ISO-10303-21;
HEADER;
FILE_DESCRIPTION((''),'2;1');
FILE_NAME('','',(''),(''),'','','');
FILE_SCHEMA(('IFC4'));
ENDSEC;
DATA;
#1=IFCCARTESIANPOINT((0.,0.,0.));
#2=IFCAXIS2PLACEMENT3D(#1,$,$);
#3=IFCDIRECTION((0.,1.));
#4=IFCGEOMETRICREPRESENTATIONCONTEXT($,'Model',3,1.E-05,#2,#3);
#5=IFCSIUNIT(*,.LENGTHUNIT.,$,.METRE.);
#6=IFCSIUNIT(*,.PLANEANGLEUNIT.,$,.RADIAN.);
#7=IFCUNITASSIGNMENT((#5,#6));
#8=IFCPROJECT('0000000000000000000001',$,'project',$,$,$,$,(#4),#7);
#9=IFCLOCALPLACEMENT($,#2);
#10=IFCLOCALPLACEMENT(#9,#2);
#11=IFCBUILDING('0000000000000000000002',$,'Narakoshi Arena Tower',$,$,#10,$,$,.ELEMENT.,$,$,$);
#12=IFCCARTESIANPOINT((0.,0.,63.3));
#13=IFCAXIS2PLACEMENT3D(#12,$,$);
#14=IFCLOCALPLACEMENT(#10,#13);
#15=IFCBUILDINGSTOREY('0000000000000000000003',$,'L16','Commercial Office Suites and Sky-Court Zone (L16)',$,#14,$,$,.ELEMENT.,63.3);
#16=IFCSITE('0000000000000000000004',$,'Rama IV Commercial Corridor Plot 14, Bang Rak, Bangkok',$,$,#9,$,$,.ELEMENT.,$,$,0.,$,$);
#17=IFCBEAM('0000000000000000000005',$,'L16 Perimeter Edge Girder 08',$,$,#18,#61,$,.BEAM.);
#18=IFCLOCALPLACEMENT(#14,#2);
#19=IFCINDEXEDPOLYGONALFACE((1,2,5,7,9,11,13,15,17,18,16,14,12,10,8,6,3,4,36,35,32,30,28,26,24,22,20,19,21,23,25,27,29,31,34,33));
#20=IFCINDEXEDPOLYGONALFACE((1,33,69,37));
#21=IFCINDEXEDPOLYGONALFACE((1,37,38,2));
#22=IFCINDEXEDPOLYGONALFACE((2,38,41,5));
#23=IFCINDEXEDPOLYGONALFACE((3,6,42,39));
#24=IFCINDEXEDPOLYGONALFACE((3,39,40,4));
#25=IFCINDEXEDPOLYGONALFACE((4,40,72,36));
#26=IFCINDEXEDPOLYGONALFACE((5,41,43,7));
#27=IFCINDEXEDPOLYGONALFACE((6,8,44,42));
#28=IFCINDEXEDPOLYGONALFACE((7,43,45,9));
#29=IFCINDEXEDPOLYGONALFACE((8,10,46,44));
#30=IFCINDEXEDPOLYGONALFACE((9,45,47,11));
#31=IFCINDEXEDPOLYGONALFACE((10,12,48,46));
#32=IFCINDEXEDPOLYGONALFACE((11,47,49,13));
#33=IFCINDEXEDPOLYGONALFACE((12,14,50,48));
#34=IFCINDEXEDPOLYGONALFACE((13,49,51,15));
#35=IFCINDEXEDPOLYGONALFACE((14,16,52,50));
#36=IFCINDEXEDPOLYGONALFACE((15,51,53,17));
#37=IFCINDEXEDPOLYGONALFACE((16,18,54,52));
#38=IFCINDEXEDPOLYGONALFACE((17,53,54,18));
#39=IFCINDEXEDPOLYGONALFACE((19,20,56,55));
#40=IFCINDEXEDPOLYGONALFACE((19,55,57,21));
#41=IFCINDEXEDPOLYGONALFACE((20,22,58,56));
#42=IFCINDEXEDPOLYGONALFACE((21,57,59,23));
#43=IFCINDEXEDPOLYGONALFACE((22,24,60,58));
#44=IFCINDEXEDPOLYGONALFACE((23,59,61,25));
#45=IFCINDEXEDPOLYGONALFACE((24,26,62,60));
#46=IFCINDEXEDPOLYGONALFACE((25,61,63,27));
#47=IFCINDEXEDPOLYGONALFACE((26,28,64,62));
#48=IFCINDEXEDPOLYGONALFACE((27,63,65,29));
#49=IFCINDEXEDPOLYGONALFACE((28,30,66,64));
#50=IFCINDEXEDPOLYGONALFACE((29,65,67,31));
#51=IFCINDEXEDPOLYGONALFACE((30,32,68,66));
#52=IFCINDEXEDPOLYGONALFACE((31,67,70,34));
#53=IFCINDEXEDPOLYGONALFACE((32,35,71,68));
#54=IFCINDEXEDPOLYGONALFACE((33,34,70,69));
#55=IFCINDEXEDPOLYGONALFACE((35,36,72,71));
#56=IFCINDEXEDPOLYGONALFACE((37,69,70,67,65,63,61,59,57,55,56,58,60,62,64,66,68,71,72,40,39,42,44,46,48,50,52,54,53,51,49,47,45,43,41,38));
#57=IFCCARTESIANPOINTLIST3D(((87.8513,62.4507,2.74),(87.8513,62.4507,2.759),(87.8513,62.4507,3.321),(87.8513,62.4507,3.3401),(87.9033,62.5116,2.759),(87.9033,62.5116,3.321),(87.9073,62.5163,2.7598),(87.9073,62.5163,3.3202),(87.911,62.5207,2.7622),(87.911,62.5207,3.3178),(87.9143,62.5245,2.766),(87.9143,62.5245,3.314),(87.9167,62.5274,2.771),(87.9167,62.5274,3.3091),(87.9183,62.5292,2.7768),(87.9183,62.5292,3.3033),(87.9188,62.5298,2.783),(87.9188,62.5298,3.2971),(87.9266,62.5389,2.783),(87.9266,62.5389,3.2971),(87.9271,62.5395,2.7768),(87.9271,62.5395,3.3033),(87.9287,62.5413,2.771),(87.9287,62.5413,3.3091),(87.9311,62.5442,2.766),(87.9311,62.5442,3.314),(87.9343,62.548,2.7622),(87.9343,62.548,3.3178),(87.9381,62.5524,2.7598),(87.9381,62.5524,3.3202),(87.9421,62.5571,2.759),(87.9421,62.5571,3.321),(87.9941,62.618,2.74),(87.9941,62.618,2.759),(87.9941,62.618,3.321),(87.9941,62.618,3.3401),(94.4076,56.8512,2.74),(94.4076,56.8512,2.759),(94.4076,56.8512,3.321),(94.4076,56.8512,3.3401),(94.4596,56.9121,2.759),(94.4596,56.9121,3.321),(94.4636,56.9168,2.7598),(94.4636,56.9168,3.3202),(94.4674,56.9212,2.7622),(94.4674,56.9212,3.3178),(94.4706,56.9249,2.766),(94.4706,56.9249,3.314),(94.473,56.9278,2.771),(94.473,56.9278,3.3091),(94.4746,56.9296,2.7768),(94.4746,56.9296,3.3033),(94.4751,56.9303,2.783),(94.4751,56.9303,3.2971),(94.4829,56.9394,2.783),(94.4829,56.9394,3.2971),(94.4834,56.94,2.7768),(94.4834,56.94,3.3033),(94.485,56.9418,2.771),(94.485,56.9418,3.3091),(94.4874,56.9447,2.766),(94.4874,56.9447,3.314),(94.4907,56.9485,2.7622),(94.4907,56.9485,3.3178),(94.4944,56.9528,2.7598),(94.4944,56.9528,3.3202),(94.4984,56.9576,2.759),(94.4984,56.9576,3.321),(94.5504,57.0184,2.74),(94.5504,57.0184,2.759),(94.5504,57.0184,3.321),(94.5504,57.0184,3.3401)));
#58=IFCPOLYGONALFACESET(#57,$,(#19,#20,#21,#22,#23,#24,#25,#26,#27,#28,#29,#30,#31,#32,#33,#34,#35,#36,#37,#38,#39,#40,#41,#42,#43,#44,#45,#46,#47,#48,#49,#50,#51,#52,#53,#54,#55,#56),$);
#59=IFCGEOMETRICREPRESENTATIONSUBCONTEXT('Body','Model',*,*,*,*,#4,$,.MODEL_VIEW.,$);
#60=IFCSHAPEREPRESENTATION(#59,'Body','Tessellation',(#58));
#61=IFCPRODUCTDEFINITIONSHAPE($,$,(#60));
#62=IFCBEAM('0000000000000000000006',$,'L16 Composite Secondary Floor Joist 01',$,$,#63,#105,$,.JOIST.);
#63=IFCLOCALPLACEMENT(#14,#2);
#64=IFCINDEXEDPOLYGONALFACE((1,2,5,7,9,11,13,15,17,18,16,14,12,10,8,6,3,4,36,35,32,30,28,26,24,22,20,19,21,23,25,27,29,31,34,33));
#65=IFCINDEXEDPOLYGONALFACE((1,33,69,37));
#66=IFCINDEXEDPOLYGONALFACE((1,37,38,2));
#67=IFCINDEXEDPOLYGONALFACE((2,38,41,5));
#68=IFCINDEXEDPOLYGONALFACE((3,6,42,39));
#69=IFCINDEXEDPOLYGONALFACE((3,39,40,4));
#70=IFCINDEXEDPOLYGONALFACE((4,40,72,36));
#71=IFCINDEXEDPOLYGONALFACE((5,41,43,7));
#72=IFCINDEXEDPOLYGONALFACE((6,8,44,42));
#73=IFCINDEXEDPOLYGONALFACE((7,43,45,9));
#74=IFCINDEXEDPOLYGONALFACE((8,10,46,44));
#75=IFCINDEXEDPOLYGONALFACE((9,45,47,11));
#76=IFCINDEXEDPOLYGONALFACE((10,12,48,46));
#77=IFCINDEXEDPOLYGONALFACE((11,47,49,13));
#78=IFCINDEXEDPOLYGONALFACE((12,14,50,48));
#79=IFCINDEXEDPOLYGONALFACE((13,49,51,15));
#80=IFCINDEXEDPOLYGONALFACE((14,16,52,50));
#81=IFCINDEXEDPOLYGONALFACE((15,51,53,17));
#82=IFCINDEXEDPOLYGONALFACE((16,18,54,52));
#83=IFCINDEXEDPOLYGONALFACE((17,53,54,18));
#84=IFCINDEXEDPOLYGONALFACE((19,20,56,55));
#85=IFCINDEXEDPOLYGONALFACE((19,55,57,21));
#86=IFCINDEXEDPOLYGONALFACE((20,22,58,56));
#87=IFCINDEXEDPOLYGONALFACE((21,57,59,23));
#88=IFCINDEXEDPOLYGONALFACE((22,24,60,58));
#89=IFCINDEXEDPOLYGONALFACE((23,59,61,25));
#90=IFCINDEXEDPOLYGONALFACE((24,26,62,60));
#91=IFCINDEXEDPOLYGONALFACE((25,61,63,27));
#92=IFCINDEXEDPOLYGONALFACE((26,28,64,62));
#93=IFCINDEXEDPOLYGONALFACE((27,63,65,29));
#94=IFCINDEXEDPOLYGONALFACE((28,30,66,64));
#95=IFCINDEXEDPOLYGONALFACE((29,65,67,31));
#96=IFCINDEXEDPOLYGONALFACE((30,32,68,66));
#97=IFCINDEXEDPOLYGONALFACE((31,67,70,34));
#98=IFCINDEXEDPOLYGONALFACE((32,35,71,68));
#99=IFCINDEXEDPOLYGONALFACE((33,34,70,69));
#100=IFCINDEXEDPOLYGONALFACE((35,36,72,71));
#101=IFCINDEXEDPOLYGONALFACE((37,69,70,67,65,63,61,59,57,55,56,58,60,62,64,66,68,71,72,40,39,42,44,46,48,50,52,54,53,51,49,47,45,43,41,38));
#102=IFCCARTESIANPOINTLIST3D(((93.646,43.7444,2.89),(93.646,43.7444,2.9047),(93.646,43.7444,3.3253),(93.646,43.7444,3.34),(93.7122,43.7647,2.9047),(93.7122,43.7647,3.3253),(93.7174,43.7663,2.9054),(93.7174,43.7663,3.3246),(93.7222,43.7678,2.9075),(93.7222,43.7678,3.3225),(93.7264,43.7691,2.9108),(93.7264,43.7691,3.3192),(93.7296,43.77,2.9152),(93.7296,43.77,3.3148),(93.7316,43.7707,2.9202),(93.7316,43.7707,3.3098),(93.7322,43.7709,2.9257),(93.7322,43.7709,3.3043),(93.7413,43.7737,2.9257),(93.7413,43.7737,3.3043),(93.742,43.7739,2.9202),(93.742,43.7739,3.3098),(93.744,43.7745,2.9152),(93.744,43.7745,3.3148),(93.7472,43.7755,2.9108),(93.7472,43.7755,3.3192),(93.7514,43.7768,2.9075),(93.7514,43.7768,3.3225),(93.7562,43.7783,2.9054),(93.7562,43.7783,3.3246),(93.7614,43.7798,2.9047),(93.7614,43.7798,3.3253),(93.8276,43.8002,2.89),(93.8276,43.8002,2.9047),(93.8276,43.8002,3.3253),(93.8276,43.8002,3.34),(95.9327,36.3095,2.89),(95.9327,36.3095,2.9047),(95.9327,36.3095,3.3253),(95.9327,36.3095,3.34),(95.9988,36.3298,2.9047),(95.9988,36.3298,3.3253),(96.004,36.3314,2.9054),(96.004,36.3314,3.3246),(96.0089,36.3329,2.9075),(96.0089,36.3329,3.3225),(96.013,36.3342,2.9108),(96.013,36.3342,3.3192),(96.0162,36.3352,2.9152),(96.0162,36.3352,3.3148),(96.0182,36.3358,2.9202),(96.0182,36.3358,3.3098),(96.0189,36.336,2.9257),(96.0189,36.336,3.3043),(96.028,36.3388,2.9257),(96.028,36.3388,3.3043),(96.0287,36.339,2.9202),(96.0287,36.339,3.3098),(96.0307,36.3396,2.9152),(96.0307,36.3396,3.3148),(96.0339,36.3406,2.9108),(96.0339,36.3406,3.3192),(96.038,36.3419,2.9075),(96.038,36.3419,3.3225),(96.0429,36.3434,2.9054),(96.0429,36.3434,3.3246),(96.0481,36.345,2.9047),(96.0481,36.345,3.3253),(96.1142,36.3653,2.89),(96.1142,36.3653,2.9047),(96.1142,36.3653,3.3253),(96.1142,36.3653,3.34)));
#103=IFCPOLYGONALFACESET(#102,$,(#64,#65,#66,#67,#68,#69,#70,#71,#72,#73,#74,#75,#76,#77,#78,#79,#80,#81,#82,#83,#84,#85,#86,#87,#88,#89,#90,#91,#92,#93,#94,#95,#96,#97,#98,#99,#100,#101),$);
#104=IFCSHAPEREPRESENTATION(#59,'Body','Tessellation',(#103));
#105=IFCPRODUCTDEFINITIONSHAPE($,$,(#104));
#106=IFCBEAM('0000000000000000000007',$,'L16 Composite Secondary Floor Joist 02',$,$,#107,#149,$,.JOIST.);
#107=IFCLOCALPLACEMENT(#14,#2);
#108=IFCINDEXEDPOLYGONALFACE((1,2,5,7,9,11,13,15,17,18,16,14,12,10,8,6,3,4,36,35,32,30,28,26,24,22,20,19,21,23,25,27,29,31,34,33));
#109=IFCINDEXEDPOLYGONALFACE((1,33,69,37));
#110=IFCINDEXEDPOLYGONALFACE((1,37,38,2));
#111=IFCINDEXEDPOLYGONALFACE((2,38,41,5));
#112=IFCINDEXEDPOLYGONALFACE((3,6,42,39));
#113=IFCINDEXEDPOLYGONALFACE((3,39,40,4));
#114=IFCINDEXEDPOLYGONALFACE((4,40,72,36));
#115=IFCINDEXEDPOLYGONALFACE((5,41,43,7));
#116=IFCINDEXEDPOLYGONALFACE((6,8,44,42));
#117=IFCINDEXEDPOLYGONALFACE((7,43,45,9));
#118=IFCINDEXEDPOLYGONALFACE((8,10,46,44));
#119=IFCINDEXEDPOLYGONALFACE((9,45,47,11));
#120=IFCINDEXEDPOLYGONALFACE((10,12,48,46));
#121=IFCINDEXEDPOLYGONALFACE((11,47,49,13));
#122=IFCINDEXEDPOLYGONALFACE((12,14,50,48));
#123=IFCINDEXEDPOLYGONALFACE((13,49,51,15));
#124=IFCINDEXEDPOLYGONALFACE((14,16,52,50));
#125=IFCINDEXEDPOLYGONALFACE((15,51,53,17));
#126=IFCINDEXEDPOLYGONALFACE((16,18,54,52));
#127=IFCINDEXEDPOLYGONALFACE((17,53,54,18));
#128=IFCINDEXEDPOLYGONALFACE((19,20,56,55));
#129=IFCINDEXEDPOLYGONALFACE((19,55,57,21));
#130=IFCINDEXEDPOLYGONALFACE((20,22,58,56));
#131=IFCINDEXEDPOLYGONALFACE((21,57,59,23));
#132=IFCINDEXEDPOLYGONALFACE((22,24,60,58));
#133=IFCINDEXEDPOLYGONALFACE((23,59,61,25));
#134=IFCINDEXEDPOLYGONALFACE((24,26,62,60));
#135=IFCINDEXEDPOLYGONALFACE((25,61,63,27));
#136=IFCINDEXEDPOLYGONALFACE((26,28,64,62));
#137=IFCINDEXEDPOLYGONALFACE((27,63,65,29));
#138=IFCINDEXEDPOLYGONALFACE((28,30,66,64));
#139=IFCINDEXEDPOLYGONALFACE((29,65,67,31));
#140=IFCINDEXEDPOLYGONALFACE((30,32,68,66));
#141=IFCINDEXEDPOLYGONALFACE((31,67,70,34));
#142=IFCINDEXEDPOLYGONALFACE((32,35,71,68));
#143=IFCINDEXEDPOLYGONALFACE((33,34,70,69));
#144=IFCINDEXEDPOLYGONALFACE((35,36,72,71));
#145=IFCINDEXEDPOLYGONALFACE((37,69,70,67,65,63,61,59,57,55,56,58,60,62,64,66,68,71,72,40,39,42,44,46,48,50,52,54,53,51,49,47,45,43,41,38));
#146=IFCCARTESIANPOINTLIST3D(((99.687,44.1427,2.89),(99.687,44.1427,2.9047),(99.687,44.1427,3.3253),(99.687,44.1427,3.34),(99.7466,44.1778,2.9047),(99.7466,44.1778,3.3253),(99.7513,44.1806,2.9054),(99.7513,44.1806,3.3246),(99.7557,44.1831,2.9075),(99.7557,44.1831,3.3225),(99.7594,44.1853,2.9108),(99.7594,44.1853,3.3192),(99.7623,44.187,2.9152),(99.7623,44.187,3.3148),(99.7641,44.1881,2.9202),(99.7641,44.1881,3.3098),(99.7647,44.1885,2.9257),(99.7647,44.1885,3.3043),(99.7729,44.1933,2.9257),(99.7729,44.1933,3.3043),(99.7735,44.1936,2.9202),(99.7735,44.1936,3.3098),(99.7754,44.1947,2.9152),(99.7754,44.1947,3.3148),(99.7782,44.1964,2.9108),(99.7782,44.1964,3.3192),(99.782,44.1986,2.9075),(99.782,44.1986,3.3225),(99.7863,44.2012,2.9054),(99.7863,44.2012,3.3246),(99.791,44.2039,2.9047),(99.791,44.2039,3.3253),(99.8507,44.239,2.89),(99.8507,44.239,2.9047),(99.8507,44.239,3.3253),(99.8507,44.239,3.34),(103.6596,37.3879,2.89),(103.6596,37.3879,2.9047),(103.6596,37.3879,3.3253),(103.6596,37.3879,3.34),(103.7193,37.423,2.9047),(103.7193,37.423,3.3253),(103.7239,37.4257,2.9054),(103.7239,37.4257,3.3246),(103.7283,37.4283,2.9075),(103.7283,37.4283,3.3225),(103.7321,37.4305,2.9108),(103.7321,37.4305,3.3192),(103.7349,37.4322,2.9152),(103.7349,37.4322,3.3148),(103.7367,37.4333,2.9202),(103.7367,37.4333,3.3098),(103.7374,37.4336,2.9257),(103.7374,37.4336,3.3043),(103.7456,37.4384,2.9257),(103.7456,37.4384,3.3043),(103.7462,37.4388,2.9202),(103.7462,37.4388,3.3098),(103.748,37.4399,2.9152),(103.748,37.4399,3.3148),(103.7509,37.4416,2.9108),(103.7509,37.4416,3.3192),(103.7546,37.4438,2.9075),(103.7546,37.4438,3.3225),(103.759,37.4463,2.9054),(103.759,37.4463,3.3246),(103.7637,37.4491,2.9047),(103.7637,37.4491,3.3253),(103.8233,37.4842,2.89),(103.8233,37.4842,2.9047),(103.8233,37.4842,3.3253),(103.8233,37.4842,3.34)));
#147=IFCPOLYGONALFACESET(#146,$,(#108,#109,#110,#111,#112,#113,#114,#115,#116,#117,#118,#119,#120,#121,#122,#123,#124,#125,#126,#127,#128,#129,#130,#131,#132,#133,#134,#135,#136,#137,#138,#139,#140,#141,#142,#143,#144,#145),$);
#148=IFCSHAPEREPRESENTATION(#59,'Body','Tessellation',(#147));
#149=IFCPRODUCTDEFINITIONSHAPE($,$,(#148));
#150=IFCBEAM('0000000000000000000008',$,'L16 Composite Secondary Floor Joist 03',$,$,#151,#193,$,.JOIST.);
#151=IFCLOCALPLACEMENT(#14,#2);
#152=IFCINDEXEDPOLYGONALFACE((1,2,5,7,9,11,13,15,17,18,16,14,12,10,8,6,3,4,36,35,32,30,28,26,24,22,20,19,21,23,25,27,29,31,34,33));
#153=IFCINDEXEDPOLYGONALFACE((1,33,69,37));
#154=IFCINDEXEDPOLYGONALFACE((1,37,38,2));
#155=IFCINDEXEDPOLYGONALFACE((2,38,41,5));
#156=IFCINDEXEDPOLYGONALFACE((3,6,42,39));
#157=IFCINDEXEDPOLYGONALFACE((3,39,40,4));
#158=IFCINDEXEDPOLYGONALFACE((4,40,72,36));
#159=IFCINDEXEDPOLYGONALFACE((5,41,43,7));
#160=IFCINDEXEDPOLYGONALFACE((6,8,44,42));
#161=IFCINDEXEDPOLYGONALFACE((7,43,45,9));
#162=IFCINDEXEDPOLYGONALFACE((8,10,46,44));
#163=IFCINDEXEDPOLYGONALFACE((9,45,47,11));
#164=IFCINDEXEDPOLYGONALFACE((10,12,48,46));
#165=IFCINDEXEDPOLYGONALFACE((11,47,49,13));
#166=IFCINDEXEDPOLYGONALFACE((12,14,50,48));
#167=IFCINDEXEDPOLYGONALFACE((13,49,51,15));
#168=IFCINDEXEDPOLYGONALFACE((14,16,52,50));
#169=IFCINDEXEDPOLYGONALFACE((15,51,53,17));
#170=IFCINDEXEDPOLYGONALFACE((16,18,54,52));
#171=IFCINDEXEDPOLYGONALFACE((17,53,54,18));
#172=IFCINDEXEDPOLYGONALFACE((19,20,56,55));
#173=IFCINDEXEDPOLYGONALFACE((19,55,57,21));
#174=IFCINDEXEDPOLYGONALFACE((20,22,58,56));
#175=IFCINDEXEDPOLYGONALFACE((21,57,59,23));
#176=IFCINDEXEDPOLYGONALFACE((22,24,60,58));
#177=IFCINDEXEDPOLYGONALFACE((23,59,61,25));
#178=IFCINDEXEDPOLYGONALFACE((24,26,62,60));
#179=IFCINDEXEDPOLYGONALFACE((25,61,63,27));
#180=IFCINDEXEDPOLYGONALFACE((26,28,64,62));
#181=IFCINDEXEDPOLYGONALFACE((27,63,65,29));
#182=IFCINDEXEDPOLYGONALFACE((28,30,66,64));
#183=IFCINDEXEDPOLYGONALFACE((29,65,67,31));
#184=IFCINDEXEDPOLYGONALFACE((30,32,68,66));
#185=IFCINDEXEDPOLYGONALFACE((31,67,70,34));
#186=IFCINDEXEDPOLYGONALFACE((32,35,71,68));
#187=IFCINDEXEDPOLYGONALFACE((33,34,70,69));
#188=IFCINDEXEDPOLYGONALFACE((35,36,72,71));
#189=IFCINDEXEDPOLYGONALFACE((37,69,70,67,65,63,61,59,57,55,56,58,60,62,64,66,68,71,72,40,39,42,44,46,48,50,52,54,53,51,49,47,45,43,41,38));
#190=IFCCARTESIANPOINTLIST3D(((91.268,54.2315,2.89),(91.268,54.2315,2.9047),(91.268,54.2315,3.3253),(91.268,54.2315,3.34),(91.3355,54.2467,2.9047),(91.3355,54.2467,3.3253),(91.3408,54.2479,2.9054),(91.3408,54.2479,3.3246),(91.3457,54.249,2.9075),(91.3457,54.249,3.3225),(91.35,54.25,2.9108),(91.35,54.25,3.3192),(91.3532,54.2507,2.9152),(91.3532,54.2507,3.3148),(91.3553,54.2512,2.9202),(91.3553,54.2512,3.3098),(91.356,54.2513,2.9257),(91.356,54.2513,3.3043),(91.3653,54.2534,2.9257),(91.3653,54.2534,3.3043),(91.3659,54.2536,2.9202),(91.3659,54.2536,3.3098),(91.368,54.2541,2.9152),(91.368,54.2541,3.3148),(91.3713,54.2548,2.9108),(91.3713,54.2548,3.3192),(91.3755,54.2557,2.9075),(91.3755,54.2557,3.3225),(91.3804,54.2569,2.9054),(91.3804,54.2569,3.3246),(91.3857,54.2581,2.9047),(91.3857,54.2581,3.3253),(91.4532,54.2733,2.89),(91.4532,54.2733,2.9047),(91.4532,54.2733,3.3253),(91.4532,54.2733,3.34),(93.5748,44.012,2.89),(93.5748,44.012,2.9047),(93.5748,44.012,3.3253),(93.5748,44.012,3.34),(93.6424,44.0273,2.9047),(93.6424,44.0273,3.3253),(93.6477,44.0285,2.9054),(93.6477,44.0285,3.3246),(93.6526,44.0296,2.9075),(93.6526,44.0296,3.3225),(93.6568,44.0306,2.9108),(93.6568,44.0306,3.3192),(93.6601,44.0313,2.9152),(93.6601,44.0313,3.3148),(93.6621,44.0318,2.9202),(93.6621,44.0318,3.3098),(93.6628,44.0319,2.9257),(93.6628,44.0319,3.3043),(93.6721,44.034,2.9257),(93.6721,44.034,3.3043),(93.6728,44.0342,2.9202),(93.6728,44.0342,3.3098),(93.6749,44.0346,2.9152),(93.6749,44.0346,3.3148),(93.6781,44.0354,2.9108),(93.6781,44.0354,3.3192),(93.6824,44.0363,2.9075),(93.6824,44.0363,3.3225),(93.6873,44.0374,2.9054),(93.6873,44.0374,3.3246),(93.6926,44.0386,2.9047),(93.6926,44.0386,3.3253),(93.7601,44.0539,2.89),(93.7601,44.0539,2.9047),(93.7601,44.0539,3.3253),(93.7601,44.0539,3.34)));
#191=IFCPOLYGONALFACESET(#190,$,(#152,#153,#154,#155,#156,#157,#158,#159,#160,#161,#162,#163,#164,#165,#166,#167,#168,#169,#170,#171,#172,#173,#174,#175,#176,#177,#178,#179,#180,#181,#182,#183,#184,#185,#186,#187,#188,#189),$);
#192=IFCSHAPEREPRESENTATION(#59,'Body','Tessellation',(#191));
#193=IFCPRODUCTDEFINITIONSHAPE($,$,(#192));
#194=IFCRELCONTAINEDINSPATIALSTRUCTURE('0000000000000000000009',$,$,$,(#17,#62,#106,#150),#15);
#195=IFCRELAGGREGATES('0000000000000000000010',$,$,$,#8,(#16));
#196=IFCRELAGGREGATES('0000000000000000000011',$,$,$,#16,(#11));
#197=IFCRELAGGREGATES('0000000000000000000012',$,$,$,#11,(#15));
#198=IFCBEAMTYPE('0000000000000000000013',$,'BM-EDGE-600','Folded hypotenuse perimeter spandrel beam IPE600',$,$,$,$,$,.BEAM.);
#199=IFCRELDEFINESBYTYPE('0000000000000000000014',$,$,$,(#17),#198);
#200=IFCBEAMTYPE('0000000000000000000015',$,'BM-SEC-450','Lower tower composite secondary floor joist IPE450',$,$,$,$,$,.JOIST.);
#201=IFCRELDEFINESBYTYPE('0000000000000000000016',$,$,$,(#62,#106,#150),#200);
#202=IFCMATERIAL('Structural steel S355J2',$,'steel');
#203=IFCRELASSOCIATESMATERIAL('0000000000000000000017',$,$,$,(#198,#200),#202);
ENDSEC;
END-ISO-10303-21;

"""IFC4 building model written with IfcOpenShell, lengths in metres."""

from ifc_helpers import new_model, si_unit, direction, frame, origin, origin_2d, place, context, subcontext, project, spatial, i_section, extrude, material, material_profile, profile_set, type_object, element, save


model = new_model("IFC4")

# Units and contexts
model_context = context("Model", 3, precision=1e-05, world=origin(), true_north=direction((0.0, 1.0)))
body_context = subcontext(model_context, "Body", "Model", "MODEL_VIEW")
ifc_project = project(units=[si_unit("LENGTHUNIT", "METRE"), si_unit("PLANEANGLEUNIT", "RADIAN")], contexts=[model_context])

# Site, building, storey
site_placement = place(None, origin())
site = spatial("IfcSite", under=ifc_project, at=site_placement, Name="Rama IV Commercial Corridor Plot 14, Bang Rak, Bangkok", CompositionType="ELEMENT", RefElevation=0.0)
building_placement = place(site_placement, origin())
building = spatial("IfcBuilding", under=site, at=building_placement, Name="Narakoshi Arena Tower", CompositionType="ELEMENT")
storey_placement = place(building_placement, frame((0.0, 0.0, 63.3)))
storey = spatial("IfcBuildingStorey", under=building, at=storey_placement, Name="L16", Description="Commercial Office Suites and Sky-Court Zone (L16)", CompositionType="ELEMENT", Elevation=63.3)

# Beams
ifc_material_1 = material(Name="Structural steel S355J2", Category="steel")
ifc_material_profile_1 = material_profile(ifc_material_1, i_section(OverallWidth=0.22, OverallDepth=0.6001, WebThickness=0.012, FlangeThickness=0.019, FilletRadius=0.0239, at=origin_2d()), Name="IPE600")
ifc_profile_set_1 = profile_set([ifc_material_profile_1], Name="Structural steel S355J2")
beam_type_1 = type_object("IfcBeamType", Name="BM-EDGE-600", Description="Folded hypotenuse perimeter spandrel beam IPE600", PredefinedType="BEAM", material=ifc_profile_set_1)
beam_1_placement = place(storey_placement, frame((94.479, 56.9348, 3.04), z_axis=(-0.760411, 0.649443, 0.0), x_axis=(-0.649443, -0.760411, 0.0)))
element("IfcBeam", 1, at=beam_1_placement, inside=storey, type_object=beam_type_1, Name="L16 Perimeter Edge Girder 08", PredefinedType="BEAM", context=body_context, shape_type="SweptSolid", body=[
    extrude(i_section(OverallWidth=0.22, OverallDepth=0.6001, WebThickness=0.012, FlangeThickness=0.019, FilletRadius=0.0239, at=origin_2d()), origin(), (0.0, 0.0, 1.0), 8.6221),
])
ifc_material_profile_2 = material_profile(ifc_material_1, i_section(OverallWidth=0.1899, OverallDepth=0.45, WebThickness=0.0095, FlangeThickness=0.0146, FilletRadius=0.021, at=origin_2d()), Name="IPE450")
ifc_profile_set_2 = profile_set([ifc_material_profile_2], Name="Structural steel S355J2")
beam_type_2 = type_object("IfcBeamType", Name="BM-SEC-450", Description="Lower tower composite secondary floor joist IPE450", PredefinedType="JOIST", material=ifc_profile_set_2)
beam_2_placement = place(storey_placement, frame((96.0234, 36.3374, 3.115), z_axis=(-0.293967, 0.955816, 0.0), x_axis=(-0.955816, -0.293967, 0.0)))
element("IfcBeam", 2, at=beam_2_placement, inside=storey, type_object=beam_type_2, Name="L16 Composite Secondary Floor Joist 01", PredefinedType="JOIST", context=body_context, shape_type="SweptSolid", body=[
    extrude(i_section(OverallWidth=0.1899, OverallDepth=0.45, WebThickness=0.0095, FlangeThickness=0.0146, FilletRadius=0.021, at=origin_2d()), origin(), (0.0, 0.0, 1.0), 7.7786),
])
beam_3_placement = place(storey_placement, frame((103.7415, 37.436, 3.115), z_axis=(-0.506944, 0.861979, 0.0), x_axis=(-0.861979, -0.506944, 0.0)))
element("IfcBeam", 3, at=beam_3_placement, inside=storey, type_object=beam_type_2, Name="L16 Composite Secondary Floor Joist 02", PredefinedType="JOIST", context=body_context, shape_type="SweptSolid", body=[
    extrude(i_section(OverallWidth=0.1899, OverallDepth=0.45, WebThickness=0.0095, FlangeThickness=0.0146, FilletRadius=0.021, at=origin_2d()), origin(), (0.0, 0.0, 1.0), 7.8364),
])
beam_4_placement = place(storey_placement, frame((93.6675, 44.033, 3.115), z_axis=(-0.220194, 0.975456, 0.0), x_axis=(-0.975456, -0.220194, 0.0)))
element("IfcBeam", 4, at=beam_4_placement, inside=storey, type_object=beam_type_2, Name="L16 Composite Secondary Floor Joist 03", PredefinedType="JOIST", context=body_context, shape_type="SweptSolid", body=[
    extrude(i_section(OverallWidth=0.1899, OverallDepth=0.45, WebThickness=0.0095, FlangeThickness=0.0146, FilletRadius=0.021, at=origin_2d()), origin(), (0.0, 0.0, 1.0), 10.4766),
])

save(model, "model.ifc")
